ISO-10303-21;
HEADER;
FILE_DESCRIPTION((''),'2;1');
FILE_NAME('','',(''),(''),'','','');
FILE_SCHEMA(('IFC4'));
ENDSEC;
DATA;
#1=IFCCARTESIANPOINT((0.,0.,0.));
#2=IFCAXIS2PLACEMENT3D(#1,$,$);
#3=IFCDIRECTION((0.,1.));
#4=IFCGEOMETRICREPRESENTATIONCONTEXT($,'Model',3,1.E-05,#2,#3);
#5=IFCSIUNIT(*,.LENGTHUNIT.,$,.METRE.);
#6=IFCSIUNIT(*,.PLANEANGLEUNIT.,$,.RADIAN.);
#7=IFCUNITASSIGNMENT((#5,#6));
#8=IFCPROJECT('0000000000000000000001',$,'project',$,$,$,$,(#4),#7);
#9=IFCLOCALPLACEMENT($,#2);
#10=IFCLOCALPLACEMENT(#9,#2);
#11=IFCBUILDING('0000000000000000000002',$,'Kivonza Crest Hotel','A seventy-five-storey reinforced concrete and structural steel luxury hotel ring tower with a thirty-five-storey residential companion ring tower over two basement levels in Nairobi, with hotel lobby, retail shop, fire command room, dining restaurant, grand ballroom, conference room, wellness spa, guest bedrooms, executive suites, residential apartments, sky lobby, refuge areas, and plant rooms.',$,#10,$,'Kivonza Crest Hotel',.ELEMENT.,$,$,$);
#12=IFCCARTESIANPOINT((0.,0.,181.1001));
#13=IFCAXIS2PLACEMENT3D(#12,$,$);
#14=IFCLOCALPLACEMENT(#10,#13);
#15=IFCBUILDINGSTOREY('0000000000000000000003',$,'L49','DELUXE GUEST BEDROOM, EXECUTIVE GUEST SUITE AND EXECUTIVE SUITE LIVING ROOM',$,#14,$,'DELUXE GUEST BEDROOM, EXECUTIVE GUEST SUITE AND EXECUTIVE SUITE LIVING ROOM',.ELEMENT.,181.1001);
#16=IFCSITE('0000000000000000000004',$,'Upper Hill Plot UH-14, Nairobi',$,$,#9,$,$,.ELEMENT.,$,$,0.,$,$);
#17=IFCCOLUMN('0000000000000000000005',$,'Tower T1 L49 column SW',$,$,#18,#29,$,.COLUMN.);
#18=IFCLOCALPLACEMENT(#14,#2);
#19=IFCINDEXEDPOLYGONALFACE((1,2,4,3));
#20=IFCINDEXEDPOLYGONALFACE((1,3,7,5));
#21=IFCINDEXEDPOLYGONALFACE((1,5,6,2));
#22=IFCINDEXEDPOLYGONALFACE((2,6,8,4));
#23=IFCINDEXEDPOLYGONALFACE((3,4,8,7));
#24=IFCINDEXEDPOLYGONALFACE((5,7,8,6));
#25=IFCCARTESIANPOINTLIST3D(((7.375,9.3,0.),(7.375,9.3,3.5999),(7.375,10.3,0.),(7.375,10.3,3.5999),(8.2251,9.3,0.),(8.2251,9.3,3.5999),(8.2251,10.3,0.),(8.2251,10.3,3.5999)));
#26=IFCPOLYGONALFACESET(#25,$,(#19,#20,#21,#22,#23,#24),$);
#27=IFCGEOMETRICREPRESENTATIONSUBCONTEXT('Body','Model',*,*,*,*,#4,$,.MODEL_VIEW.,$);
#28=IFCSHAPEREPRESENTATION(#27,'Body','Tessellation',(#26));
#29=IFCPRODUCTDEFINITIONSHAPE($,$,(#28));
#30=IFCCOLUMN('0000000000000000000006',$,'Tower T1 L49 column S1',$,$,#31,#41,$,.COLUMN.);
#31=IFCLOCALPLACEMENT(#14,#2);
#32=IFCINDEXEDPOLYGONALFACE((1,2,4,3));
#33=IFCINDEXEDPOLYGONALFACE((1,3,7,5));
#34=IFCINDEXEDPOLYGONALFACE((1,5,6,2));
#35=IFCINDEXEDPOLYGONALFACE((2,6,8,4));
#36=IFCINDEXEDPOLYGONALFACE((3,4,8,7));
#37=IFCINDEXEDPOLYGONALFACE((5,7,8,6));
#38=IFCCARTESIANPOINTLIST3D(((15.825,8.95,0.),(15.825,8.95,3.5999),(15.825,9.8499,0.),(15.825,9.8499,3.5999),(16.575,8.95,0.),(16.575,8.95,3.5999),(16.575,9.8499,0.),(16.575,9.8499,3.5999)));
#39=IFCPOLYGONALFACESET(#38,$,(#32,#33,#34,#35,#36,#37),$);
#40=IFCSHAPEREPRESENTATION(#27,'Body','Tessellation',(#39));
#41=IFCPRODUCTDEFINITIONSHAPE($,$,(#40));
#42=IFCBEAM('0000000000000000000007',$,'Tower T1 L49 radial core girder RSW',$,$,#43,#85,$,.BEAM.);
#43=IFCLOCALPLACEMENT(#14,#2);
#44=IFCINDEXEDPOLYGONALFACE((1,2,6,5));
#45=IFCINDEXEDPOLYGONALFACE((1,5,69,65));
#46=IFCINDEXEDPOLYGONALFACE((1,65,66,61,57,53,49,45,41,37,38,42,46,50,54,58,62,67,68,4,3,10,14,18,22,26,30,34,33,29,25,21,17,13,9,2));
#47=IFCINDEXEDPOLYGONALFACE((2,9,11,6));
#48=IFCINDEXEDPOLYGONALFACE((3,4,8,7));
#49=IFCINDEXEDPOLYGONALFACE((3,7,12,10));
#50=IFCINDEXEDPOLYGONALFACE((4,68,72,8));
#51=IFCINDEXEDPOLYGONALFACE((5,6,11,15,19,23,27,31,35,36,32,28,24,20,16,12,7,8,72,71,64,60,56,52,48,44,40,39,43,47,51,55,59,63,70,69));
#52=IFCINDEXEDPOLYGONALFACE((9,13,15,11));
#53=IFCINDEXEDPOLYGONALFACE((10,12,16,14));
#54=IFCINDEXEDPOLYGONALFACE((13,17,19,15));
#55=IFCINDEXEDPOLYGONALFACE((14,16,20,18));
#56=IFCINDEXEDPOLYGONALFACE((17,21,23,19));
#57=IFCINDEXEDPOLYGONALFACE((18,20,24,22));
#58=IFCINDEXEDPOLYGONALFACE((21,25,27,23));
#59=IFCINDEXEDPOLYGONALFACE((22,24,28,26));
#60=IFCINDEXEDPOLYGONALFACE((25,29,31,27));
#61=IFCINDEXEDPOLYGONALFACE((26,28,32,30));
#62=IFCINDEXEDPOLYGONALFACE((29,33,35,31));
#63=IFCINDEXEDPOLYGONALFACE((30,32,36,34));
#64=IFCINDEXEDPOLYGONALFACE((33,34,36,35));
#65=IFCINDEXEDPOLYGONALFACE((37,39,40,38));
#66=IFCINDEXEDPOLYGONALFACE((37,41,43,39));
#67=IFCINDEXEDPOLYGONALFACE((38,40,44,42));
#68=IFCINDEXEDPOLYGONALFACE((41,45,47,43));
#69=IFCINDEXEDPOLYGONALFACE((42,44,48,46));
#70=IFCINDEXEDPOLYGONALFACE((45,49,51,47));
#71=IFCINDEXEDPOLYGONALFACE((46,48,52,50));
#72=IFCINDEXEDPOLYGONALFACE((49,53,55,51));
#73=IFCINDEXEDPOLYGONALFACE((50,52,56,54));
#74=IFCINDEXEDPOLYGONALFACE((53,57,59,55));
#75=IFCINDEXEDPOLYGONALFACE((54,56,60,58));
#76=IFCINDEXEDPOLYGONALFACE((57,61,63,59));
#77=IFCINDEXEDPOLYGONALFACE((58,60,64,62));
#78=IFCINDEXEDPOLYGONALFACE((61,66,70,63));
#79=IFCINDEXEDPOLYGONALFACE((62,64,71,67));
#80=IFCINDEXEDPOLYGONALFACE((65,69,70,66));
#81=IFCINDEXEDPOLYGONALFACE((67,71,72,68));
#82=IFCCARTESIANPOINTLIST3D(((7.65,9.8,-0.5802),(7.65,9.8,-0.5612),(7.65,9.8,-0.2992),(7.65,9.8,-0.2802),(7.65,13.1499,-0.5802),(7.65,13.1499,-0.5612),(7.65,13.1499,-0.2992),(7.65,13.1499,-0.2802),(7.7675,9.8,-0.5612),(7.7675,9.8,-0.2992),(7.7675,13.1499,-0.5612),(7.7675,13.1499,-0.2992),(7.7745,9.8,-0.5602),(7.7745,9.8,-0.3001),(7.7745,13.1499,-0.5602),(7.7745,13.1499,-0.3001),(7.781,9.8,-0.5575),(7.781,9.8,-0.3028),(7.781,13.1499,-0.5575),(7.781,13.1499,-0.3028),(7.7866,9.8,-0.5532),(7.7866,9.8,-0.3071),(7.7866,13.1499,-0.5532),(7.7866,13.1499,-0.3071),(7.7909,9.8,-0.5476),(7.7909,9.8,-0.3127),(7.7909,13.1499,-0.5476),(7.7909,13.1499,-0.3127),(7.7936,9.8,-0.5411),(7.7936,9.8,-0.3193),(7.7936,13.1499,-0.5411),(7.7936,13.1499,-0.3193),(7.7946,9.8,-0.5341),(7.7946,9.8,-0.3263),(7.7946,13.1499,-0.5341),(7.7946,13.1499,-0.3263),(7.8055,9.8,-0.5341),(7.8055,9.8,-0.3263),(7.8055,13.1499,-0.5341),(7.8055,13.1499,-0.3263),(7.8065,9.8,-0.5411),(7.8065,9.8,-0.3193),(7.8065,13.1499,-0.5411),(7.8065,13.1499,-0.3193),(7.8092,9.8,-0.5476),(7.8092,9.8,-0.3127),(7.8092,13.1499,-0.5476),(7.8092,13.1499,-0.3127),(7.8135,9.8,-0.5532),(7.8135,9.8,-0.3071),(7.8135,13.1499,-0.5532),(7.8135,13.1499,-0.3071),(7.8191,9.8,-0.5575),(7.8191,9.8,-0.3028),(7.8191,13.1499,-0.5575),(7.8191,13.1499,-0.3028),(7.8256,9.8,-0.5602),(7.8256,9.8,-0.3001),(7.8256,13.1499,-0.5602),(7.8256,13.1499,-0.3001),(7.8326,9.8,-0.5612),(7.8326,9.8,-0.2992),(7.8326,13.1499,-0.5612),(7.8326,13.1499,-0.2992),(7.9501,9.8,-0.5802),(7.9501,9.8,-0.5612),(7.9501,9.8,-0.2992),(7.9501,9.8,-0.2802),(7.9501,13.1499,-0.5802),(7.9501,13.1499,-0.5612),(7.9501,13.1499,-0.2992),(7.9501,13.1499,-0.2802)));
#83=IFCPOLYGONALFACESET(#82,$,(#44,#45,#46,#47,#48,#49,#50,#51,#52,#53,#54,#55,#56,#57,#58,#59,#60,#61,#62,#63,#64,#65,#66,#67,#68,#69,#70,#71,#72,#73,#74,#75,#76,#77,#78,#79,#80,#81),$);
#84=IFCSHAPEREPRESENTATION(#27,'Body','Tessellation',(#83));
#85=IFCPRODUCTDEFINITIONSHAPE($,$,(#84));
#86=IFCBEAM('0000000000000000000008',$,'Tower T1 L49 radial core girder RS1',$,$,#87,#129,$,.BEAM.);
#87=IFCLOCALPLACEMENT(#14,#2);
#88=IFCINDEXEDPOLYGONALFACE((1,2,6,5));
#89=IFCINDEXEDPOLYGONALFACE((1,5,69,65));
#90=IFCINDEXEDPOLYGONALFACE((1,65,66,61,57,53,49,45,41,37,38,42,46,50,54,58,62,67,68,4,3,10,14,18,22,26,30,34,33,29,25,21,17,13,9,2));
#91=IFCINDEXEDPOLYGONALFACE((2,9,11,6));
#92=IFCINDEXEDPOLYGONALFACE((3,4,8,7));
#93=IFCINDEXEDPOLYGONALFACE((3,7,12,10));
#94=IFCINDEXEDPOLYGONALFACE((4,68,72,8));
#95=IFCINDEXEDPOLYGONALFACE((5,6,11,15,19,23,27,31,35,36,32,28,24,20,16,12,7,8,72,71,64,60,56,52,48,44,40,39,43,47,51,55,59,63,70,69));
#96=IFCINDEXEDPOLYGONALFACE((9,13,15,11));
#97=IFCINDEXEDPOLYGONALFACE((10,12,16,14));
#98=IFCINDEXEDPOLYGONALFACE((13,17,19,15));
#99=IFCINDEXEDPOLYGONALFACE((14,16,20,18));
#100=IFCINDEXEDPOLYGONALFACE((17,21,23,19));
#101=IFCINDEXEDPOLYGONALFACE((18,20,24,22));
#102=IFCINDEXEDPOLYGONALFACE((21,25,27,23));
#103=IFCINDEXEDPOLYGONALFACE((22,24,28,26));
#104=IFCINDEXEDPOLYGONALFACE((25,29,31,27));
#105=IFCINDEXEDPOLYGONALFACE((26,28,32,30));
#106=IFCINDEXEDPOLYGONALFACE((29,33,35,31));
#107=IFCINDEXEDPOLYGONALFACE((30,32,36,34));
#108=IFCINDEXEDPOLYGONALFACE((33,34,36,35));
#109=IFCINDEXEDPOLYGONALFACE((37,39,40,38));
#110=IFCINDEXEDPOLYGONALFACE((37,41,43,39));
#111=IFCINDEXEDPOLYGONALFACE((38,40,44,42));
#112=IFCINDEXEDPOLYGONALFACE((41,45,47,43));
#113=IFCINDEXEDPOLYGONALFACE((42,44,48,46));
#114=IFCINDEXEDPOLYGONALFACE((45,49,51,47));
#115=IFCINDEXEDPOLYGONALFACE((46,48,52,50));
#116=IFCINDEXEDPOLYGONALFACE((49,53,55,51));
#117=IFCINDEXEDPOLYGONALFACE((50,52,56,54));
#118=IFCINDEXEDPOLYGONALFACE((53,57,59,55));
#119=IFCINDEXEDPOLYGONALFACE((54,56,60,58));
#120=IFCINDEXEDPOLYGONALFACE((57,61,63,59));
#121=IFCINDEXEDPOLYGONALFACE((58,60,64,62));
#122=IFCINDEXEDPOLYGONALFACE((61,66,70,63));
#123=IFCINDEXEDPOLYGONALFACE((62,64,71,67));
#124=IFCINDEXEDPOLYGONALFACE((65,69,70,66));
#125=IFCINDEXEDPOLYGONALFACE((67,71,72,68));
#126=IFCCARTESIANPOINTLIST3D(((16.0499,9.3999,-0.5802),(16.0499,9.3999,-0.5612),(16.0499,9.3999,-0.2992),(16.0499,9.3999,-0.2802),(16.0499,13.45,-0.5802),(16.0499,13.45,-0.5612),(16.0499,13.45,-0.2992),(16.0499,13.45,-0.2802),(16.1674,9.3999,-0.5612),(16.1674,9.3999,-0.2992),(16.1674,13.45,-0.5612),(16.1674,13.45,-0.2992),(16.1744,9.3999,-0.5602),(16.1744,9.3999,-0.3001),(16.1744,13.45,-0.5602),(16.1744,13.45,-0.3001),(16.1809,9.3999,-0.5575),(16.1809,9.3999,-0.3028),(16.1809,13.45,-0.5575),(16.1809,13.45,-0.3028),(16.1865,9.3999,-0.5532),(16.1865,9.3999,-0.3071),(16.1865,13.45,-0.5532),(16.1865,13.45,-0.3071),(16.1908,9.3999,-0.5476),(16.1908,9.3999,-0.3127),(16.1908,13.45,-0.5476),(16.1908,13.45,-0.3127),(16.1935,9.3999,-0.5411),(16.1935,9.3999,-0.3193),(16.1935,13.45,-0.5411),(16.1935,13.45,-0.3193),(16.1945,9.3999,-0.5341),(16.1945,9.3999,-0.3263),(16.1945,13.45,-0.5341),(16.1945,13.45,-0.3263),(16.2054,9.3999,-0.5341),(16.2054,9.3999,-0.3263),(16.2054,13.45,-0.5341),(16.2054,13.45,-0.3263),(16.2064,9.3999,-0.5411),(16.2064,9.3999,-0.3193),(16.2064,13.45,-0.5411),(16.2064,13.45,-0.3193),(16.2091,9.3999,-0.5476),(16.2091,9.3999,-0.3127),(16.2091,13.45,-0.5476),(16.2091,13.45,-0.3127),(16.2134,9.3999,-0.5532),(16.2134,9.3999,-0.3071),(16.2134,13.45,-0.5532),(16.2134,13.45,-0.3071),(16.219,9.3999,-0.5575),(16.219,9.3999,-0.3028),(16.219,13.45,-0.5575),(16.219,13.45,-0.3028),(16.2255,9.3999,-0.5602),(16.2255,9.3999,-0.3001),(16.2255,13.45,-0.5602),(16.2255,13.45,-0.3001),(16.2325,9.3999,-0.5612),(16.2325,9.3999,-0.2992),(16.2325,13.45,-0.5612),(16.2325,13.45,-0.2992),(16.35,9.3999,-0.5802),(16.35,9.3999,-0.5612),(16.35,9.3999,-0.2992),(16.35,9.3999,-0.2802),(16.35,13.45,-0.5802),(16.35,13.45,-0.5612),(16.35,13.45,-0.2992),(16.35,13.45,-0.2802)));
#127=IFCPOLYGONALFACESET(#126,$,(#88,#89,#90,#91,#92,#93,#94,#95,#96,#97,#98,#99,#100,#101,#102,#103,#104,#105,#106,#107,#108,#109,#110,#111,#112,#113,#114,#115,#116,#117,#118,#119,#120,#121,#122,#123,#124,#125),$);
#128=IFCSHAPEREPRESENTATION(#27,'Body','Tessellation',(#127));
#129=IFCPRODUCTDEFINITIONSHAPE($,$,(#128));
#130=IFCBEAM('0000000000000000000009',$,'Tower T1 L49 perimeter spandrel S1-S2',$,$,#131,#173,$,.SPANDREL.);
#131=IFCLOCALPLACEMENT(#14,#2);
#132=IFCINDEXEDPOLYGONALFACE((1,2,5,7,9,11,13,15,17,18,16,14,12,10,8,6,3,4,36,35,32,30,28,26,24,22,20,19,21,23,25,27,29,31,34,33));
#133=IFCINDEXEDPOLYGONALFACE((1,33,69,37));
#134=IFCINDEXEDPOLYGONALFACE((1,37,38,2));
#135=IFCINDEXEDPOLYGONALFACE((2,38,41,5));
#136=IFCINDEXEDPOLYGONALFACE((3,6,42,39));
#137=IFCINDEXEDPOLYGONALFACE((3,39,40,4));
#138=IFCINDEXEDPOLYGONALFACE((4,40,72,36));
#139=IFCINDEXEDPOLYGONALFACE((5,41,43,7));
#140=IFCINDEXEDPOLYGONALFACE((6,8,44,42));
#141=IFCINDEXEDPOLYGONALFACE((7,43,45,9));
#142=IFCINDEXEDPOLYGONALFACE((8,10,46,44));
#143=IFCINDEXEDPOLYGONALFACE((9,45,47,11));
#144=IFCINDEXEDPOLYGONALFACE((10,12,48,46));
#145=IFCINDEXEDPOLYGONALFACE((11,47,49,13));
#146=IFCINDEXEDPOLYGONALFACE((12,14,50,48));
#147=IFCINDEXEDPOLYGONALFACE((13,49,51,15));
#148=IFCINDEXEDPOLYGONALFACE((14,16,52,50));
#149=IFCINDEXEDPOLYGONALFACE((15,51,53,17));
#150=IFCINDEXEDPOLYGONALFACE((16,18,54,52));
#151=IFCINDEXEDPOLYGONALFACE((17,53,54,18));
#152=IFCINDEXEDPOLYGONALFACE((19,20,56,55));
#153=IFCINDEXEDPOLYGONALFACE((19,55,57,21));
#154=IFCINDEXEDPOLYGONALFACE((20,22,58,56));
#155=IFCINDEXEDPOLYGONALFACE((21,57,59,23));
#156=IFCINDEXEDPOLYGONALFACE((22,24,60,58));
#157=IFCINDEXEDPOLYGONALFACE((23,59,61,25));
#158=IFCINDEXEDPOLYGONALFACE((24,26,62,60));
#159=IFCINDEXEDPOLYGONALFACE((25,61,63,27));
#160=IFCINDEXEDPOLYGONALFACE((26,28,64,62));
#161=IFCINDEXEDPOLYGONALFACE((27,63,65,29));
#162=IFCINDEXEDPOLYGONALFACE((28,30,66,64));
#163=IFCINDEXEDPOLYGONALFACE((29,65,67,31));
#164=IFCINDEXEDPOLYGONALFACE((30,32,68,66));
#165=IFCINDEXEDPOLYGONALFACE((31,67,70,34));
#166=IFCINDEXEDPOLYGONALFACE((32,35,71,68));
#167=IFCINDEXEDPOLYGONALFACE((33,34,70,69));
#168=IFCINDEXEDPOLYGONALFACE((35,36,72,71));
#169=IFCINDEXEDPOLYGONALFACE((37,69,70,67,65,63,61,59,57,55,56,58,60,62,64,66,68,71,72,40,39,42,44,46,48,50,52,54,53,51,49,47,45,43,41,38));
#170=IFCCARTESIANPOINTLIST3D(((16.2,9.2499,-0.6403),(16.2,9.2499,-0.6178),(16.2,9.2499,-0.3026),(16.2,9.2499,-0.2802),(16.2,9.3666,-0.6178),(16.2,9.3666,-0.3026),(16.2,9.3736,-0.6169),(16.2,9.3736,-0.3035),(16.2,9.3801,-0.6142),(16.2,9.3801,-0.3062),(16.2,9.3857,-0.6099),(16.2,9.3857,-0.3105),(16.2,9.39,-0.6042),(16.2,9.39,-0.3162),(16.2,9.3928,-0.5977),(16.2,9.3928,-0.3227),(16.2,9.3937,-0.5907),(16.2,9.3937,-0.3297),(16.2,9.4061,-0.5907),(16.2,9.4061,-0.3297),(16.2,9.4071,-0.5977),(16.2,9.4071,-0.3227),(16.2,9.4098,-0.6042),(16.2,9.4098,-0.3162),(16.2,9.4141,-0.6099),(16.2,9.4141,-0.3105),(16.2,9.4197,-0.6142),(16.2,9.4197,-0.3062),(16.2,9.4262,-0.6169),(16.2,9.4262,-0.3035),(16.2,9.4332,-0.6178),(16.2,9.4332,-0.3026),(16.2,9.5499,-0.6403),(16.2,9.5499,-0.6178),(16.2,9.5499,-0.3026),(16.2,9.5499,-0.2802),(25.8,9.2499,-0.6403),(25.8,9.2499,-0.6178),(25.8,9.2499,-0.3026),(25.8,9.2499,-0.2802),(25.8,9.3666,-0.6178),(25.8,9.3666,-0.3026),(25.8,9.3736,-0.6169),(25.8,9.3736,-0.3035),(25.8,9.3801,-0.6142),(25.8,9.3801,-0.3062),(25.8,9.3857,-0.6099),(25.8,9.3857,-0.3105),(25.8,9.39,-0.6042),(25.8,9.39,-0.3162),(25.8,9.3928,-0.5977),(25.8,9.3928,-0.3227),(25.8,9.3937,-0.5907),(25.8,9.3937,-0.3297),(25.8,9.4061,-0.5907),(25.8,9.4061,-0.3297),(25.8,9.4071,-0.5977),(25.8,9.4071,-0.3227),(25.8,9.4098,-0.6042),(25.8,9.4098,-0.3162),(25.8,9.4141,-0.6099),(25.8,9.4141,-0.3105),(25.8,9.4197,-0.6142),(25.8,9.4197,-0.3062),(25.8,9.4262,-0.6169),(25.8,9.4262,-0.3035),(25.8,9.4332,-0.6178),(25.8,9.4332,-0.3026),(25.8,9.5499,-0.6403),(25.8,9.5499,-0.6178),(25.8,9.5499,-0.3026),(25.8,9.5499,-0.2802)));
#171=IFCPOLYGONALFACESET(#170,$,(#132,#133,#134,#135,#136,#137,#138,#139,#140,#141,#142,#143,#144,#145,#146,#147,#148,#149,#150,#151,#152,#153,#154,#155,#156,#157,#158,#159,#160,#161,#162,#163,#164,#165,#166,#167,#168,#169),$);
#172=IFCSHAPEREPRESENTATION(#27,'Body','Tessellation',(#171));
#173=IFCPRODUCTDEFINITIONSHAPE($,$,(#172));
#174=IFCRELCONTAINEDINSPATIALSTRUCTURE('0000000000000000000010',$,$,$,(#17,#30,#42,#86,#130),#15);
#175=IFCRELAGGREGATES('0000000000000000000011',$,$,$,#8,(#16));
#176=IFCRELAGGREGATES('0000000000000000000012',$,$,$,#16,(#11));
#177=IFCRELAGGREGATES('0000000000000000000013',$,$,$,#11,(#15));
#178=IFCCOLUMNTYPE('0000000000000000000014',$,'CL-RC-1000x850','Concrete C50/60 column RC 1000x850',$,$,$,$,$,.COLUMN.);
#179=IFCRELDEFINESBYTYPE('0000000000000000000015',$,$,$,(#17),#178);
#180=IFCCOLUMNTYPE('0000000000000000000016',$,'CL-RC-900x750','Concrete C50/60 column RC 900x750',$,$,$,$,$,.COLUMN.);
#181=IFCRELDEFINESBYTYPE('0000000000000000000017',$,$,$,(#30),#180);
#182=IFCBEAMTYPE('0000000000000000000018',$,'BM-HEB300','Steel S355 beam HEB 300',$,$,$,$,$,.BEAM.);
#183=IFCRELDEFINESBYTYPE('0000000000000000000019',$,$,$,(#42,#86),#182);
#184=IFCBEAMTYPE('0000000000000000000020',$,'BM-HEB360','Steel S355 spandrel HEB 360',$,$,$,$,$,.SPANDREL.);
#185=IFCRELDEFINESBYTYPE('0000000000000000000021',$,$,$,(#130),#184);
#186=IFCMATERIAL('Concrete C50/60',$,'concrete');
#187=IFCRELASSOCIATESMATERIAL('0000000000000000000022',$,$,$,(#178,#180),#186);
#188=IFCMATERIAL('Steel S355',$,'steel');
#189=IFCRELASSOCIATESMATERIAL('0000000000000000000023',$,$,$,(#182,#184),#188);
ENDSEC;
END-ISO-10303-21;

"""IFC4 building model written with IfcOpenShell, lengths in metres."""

from ifc_helpers import new_model, si_unit, direction, frame, origin, origin_2d, place, context, subcontext, project, spatial, rectangle, i_section, extrude, material, material_profile, profile_set, type_object, element, save


model = new_model("IFC4")

# Units and contexts
model_context = context("Model", 3, precision=1e-05, world=origin(), true_north=direction((0.0, 1.0)))
body_context = subcontext(model_context, "Body", "Model", "MODEL_VIEW")
ifc_project = project(units=[si_unit("LENGTHUNIT", "METRE"), si_unit("PLANEANGLEUNIT", "RADIAN")], contexts=[model_context])

# Site, building, storey
site_placement = place(None, origin())
site = spatial("IfcSite", under=ifc_project, at=site_placement, Name="Upper Hill Plot UH-14, Nairobi", CompositionType="ELEMENT", RefElevation=0.0)
building_placement = place(site_placement, origin())
building = spatial("IfcBuilding", under=site, at=building_placement, Name="Kivonza Crest Hotel", Description="A seventy-five-storey reinforced concrete and structural steel luxury hotel ring tower with a thirty-five-storey residential companion ring tower over two basement levels in Nairobi, with hotel lobby, retail shop, fire command room, dining restaurant, grand ballroom, conference room, wellness spa, guest bedrooms, executive suites, residential apartments, sky lobby, refuge areas, and plant rooms.", LongName="Kivonza Crest Hotel", CompositionType="ELEMENT")
storey_placement = place(building_placement, frame((0.0, 0.0, 181.1001)))
storey = spatial("IfcBuildingStorey", under=building, at=storey_placement, Name="L49", Description="DELUXE GUEST BEDROOM, EXECUTIVE GUEST SUITE AND EXECUTIVE SUITE LIVING ROOM", LongName="DELUXE GUEST BEDROOM, EXECUTIVE GUEST SUITE AND EXECUTIVE SUITE LIVING ROOM", CompositionType="ELEMENT", Elevation=181.1001)

# Columns
ifc_material_1 = material(Name="Concrete C50/60", Category="concrete")
ifc_material_profile_1 = material_profile(ifc_material_1, rectangle(XDim=0.8501, YDim=1.0, at=origin_2d()), Name="RC 1000x850")
ifc_profile_set_1 = profile_set([ifc_material_profile_1], Name="Concrete C50/60")
column_type_1 = type_object("IfcColumnType", Name="CL-RC-1000x850", Description="Concrete C50/60 column RC 1000x850", PredefinedType="COLUMN", material=ifc_profile_set_1)
column_1_placement = place(storey_placement, frame((7.8, 9.8, 0.0), z_axis=(0.0, 0.0, 1.0), x_axis=(1.0, 0.0, 0.0)))
element("IfcColumn", 1, at=column_1_placement, inside=storey, type_object=column_type_1, Name="Tower T1 L49 column SW", PredefinedType="COLUMN", context=body_context, shape_type="SweptSolid", body=[
    extrude(rectangle(XDim=0.8501, YDim=1.0, at=origin_2d()), origin(), (0.0, 0.0, 1.0), 3.5999),
])
ifc_material_profile_2 = material_profile(ifc_material_1, rectangle(XDim=0.75, YDim=0.8999, at=origin_2d()), Name="RC 900x750")
ifc_profile_set_2 = profile_set([ifc_material_profile_2], Name="Concrete C50/60")
column_type_2 = type_object("IfcColumnType", Name="CL-RC-900x750", Description="Concrete C50/60 column RC 900x750", PredefinedType="COLUMN", material=ifc_profile_set_2)
column_2_placement = place(storey_placement, frame((16.2, 9.3999, 0.0), z_axis=(0.0, 0.0, 1.0), x_axis=(1.0, 0.0, 0.0)))
element("IfcColumn", 2, at=column_2_placement, inside=storey, type_object=column_type_2, Name="Tower T1 L49 column S1", PredefinedType="COLUMN", context=body_context, shape_type="SweptSolid", body=[
    extrude(rectangle(XDim=0.75, YDim=0.8999, at=origin_2d()), origin(), (0.0, 0.0, 1.0), 3.5999),
])

# Beams
ifc_material_2 = material(Name="Steel S355", Category="steel")
ifc_material_profile_3 = material_profile(ifc_material_2, i_section(OverallWidth=0.3, OverallDepth=0.3, WebThickness=0.011, FlangeThickness=0.019, FilletRadius=0.0271, at=origin_2d()), Name="HEB 300")
ifc_profile_set_3 = profile_set([ifc_material_profile_3], Name="Steel S355")
beam_type_1 = type_object("IfcBeamType", Name="BM-HEB300", Description="Steel S355 beam HEB 300", PredefinedType="BEAM", material=ifc_profile_set_3)
beam_1_placement = place(storey_placement, frame((7.8, 9.8, -0.4302), z_axis=(0.0, 1.0, 0.0), x_axis=(-1.0, 0.0, 0.0)))
element("IfcBeam", 3, at=beam_1_placement, inside=storey, type_object=beam_type_1, Name="Tower T1 L49 radial core girder RSW", PredefinedType="BEAM", context=body_context, shape_type="SweptSolid", body=[
    extrude(i_section(OverallWidth=0.3, OverallDepth=0.3, WebThickness=0.011, FlangeThickness=0.019, FilletRadius=0.0271, at=origin_2d()), origin(), (0.0, 0.0, 1.0), 3.3499),
])
beam_2_placement = place(storey_placement, frame((16.2, 9.3999, -0.4302), z_axis=(0.0, 1.0, 0.0), x_axis=(-1.0, 0.0, 0.0)))
element("IfcBeam", 4, at=beam_2_placement, inside=storey, type_object=beam_type_1, Name="Tower T1 L49 radial core girder RS1", PredefinedType="BEAM", context=body_context, shape_type="SweptSolid", body=[
    extrude(i_section(OverallWidth=0.3, OverallDepth=0.3, WebThickness=0.011, FlangeThickness=0.019, FilletRadius=0.0271, at=origin_2d()), origin(), (0.0, 0.0, 1.0), 4.05),
])
ifc_material_profile_4 = material_profile(ifc_material_2, i_section(OverallWidth=0.3, OverallDepth=0.3601, WebThickness=0.0125, FlangeThickness=0.0225, FilletRadius=0.0271, at=origin_2d()), Name="HEB 360")
ifc_profile_set_4 = profile_set([ifc_material_profile_4], Name="Steel S355")
beam_type_2 = type_object("IfcBeamType", Name="BM-HEB360", Description="Steel S355 spandrel HEB 360", PredefinedType="SPANDREL", material=ifc_profile_set_4)
beam_3_placement = place(storey_placement, frame((16.2, 9.3999, -0.4602), z_axis=(1.0, 0.0, 0.0), x_axis=(0.0, 1.0, 0.0)))
element("IfcBeam", 5, at=beam_3_placement, inside=storey, type_object=beam_type_2, Name="Tower T1 L49 perimeter spandrel S1-S2", PredefinedType="SPANDREL", context=body_context, shape_type="SweptSolid", body=[
    extrude(i_section(OverallWidth=0.3, OverallDepth=0.3601, WebThickness=0.0125, FlangeThickness=0.0225, FilletRadius=0.0271, at=origin_2d()), origin(), (0.0, 0.0, 1.0), 9.6001),
])

save(model, "model.ifc")
